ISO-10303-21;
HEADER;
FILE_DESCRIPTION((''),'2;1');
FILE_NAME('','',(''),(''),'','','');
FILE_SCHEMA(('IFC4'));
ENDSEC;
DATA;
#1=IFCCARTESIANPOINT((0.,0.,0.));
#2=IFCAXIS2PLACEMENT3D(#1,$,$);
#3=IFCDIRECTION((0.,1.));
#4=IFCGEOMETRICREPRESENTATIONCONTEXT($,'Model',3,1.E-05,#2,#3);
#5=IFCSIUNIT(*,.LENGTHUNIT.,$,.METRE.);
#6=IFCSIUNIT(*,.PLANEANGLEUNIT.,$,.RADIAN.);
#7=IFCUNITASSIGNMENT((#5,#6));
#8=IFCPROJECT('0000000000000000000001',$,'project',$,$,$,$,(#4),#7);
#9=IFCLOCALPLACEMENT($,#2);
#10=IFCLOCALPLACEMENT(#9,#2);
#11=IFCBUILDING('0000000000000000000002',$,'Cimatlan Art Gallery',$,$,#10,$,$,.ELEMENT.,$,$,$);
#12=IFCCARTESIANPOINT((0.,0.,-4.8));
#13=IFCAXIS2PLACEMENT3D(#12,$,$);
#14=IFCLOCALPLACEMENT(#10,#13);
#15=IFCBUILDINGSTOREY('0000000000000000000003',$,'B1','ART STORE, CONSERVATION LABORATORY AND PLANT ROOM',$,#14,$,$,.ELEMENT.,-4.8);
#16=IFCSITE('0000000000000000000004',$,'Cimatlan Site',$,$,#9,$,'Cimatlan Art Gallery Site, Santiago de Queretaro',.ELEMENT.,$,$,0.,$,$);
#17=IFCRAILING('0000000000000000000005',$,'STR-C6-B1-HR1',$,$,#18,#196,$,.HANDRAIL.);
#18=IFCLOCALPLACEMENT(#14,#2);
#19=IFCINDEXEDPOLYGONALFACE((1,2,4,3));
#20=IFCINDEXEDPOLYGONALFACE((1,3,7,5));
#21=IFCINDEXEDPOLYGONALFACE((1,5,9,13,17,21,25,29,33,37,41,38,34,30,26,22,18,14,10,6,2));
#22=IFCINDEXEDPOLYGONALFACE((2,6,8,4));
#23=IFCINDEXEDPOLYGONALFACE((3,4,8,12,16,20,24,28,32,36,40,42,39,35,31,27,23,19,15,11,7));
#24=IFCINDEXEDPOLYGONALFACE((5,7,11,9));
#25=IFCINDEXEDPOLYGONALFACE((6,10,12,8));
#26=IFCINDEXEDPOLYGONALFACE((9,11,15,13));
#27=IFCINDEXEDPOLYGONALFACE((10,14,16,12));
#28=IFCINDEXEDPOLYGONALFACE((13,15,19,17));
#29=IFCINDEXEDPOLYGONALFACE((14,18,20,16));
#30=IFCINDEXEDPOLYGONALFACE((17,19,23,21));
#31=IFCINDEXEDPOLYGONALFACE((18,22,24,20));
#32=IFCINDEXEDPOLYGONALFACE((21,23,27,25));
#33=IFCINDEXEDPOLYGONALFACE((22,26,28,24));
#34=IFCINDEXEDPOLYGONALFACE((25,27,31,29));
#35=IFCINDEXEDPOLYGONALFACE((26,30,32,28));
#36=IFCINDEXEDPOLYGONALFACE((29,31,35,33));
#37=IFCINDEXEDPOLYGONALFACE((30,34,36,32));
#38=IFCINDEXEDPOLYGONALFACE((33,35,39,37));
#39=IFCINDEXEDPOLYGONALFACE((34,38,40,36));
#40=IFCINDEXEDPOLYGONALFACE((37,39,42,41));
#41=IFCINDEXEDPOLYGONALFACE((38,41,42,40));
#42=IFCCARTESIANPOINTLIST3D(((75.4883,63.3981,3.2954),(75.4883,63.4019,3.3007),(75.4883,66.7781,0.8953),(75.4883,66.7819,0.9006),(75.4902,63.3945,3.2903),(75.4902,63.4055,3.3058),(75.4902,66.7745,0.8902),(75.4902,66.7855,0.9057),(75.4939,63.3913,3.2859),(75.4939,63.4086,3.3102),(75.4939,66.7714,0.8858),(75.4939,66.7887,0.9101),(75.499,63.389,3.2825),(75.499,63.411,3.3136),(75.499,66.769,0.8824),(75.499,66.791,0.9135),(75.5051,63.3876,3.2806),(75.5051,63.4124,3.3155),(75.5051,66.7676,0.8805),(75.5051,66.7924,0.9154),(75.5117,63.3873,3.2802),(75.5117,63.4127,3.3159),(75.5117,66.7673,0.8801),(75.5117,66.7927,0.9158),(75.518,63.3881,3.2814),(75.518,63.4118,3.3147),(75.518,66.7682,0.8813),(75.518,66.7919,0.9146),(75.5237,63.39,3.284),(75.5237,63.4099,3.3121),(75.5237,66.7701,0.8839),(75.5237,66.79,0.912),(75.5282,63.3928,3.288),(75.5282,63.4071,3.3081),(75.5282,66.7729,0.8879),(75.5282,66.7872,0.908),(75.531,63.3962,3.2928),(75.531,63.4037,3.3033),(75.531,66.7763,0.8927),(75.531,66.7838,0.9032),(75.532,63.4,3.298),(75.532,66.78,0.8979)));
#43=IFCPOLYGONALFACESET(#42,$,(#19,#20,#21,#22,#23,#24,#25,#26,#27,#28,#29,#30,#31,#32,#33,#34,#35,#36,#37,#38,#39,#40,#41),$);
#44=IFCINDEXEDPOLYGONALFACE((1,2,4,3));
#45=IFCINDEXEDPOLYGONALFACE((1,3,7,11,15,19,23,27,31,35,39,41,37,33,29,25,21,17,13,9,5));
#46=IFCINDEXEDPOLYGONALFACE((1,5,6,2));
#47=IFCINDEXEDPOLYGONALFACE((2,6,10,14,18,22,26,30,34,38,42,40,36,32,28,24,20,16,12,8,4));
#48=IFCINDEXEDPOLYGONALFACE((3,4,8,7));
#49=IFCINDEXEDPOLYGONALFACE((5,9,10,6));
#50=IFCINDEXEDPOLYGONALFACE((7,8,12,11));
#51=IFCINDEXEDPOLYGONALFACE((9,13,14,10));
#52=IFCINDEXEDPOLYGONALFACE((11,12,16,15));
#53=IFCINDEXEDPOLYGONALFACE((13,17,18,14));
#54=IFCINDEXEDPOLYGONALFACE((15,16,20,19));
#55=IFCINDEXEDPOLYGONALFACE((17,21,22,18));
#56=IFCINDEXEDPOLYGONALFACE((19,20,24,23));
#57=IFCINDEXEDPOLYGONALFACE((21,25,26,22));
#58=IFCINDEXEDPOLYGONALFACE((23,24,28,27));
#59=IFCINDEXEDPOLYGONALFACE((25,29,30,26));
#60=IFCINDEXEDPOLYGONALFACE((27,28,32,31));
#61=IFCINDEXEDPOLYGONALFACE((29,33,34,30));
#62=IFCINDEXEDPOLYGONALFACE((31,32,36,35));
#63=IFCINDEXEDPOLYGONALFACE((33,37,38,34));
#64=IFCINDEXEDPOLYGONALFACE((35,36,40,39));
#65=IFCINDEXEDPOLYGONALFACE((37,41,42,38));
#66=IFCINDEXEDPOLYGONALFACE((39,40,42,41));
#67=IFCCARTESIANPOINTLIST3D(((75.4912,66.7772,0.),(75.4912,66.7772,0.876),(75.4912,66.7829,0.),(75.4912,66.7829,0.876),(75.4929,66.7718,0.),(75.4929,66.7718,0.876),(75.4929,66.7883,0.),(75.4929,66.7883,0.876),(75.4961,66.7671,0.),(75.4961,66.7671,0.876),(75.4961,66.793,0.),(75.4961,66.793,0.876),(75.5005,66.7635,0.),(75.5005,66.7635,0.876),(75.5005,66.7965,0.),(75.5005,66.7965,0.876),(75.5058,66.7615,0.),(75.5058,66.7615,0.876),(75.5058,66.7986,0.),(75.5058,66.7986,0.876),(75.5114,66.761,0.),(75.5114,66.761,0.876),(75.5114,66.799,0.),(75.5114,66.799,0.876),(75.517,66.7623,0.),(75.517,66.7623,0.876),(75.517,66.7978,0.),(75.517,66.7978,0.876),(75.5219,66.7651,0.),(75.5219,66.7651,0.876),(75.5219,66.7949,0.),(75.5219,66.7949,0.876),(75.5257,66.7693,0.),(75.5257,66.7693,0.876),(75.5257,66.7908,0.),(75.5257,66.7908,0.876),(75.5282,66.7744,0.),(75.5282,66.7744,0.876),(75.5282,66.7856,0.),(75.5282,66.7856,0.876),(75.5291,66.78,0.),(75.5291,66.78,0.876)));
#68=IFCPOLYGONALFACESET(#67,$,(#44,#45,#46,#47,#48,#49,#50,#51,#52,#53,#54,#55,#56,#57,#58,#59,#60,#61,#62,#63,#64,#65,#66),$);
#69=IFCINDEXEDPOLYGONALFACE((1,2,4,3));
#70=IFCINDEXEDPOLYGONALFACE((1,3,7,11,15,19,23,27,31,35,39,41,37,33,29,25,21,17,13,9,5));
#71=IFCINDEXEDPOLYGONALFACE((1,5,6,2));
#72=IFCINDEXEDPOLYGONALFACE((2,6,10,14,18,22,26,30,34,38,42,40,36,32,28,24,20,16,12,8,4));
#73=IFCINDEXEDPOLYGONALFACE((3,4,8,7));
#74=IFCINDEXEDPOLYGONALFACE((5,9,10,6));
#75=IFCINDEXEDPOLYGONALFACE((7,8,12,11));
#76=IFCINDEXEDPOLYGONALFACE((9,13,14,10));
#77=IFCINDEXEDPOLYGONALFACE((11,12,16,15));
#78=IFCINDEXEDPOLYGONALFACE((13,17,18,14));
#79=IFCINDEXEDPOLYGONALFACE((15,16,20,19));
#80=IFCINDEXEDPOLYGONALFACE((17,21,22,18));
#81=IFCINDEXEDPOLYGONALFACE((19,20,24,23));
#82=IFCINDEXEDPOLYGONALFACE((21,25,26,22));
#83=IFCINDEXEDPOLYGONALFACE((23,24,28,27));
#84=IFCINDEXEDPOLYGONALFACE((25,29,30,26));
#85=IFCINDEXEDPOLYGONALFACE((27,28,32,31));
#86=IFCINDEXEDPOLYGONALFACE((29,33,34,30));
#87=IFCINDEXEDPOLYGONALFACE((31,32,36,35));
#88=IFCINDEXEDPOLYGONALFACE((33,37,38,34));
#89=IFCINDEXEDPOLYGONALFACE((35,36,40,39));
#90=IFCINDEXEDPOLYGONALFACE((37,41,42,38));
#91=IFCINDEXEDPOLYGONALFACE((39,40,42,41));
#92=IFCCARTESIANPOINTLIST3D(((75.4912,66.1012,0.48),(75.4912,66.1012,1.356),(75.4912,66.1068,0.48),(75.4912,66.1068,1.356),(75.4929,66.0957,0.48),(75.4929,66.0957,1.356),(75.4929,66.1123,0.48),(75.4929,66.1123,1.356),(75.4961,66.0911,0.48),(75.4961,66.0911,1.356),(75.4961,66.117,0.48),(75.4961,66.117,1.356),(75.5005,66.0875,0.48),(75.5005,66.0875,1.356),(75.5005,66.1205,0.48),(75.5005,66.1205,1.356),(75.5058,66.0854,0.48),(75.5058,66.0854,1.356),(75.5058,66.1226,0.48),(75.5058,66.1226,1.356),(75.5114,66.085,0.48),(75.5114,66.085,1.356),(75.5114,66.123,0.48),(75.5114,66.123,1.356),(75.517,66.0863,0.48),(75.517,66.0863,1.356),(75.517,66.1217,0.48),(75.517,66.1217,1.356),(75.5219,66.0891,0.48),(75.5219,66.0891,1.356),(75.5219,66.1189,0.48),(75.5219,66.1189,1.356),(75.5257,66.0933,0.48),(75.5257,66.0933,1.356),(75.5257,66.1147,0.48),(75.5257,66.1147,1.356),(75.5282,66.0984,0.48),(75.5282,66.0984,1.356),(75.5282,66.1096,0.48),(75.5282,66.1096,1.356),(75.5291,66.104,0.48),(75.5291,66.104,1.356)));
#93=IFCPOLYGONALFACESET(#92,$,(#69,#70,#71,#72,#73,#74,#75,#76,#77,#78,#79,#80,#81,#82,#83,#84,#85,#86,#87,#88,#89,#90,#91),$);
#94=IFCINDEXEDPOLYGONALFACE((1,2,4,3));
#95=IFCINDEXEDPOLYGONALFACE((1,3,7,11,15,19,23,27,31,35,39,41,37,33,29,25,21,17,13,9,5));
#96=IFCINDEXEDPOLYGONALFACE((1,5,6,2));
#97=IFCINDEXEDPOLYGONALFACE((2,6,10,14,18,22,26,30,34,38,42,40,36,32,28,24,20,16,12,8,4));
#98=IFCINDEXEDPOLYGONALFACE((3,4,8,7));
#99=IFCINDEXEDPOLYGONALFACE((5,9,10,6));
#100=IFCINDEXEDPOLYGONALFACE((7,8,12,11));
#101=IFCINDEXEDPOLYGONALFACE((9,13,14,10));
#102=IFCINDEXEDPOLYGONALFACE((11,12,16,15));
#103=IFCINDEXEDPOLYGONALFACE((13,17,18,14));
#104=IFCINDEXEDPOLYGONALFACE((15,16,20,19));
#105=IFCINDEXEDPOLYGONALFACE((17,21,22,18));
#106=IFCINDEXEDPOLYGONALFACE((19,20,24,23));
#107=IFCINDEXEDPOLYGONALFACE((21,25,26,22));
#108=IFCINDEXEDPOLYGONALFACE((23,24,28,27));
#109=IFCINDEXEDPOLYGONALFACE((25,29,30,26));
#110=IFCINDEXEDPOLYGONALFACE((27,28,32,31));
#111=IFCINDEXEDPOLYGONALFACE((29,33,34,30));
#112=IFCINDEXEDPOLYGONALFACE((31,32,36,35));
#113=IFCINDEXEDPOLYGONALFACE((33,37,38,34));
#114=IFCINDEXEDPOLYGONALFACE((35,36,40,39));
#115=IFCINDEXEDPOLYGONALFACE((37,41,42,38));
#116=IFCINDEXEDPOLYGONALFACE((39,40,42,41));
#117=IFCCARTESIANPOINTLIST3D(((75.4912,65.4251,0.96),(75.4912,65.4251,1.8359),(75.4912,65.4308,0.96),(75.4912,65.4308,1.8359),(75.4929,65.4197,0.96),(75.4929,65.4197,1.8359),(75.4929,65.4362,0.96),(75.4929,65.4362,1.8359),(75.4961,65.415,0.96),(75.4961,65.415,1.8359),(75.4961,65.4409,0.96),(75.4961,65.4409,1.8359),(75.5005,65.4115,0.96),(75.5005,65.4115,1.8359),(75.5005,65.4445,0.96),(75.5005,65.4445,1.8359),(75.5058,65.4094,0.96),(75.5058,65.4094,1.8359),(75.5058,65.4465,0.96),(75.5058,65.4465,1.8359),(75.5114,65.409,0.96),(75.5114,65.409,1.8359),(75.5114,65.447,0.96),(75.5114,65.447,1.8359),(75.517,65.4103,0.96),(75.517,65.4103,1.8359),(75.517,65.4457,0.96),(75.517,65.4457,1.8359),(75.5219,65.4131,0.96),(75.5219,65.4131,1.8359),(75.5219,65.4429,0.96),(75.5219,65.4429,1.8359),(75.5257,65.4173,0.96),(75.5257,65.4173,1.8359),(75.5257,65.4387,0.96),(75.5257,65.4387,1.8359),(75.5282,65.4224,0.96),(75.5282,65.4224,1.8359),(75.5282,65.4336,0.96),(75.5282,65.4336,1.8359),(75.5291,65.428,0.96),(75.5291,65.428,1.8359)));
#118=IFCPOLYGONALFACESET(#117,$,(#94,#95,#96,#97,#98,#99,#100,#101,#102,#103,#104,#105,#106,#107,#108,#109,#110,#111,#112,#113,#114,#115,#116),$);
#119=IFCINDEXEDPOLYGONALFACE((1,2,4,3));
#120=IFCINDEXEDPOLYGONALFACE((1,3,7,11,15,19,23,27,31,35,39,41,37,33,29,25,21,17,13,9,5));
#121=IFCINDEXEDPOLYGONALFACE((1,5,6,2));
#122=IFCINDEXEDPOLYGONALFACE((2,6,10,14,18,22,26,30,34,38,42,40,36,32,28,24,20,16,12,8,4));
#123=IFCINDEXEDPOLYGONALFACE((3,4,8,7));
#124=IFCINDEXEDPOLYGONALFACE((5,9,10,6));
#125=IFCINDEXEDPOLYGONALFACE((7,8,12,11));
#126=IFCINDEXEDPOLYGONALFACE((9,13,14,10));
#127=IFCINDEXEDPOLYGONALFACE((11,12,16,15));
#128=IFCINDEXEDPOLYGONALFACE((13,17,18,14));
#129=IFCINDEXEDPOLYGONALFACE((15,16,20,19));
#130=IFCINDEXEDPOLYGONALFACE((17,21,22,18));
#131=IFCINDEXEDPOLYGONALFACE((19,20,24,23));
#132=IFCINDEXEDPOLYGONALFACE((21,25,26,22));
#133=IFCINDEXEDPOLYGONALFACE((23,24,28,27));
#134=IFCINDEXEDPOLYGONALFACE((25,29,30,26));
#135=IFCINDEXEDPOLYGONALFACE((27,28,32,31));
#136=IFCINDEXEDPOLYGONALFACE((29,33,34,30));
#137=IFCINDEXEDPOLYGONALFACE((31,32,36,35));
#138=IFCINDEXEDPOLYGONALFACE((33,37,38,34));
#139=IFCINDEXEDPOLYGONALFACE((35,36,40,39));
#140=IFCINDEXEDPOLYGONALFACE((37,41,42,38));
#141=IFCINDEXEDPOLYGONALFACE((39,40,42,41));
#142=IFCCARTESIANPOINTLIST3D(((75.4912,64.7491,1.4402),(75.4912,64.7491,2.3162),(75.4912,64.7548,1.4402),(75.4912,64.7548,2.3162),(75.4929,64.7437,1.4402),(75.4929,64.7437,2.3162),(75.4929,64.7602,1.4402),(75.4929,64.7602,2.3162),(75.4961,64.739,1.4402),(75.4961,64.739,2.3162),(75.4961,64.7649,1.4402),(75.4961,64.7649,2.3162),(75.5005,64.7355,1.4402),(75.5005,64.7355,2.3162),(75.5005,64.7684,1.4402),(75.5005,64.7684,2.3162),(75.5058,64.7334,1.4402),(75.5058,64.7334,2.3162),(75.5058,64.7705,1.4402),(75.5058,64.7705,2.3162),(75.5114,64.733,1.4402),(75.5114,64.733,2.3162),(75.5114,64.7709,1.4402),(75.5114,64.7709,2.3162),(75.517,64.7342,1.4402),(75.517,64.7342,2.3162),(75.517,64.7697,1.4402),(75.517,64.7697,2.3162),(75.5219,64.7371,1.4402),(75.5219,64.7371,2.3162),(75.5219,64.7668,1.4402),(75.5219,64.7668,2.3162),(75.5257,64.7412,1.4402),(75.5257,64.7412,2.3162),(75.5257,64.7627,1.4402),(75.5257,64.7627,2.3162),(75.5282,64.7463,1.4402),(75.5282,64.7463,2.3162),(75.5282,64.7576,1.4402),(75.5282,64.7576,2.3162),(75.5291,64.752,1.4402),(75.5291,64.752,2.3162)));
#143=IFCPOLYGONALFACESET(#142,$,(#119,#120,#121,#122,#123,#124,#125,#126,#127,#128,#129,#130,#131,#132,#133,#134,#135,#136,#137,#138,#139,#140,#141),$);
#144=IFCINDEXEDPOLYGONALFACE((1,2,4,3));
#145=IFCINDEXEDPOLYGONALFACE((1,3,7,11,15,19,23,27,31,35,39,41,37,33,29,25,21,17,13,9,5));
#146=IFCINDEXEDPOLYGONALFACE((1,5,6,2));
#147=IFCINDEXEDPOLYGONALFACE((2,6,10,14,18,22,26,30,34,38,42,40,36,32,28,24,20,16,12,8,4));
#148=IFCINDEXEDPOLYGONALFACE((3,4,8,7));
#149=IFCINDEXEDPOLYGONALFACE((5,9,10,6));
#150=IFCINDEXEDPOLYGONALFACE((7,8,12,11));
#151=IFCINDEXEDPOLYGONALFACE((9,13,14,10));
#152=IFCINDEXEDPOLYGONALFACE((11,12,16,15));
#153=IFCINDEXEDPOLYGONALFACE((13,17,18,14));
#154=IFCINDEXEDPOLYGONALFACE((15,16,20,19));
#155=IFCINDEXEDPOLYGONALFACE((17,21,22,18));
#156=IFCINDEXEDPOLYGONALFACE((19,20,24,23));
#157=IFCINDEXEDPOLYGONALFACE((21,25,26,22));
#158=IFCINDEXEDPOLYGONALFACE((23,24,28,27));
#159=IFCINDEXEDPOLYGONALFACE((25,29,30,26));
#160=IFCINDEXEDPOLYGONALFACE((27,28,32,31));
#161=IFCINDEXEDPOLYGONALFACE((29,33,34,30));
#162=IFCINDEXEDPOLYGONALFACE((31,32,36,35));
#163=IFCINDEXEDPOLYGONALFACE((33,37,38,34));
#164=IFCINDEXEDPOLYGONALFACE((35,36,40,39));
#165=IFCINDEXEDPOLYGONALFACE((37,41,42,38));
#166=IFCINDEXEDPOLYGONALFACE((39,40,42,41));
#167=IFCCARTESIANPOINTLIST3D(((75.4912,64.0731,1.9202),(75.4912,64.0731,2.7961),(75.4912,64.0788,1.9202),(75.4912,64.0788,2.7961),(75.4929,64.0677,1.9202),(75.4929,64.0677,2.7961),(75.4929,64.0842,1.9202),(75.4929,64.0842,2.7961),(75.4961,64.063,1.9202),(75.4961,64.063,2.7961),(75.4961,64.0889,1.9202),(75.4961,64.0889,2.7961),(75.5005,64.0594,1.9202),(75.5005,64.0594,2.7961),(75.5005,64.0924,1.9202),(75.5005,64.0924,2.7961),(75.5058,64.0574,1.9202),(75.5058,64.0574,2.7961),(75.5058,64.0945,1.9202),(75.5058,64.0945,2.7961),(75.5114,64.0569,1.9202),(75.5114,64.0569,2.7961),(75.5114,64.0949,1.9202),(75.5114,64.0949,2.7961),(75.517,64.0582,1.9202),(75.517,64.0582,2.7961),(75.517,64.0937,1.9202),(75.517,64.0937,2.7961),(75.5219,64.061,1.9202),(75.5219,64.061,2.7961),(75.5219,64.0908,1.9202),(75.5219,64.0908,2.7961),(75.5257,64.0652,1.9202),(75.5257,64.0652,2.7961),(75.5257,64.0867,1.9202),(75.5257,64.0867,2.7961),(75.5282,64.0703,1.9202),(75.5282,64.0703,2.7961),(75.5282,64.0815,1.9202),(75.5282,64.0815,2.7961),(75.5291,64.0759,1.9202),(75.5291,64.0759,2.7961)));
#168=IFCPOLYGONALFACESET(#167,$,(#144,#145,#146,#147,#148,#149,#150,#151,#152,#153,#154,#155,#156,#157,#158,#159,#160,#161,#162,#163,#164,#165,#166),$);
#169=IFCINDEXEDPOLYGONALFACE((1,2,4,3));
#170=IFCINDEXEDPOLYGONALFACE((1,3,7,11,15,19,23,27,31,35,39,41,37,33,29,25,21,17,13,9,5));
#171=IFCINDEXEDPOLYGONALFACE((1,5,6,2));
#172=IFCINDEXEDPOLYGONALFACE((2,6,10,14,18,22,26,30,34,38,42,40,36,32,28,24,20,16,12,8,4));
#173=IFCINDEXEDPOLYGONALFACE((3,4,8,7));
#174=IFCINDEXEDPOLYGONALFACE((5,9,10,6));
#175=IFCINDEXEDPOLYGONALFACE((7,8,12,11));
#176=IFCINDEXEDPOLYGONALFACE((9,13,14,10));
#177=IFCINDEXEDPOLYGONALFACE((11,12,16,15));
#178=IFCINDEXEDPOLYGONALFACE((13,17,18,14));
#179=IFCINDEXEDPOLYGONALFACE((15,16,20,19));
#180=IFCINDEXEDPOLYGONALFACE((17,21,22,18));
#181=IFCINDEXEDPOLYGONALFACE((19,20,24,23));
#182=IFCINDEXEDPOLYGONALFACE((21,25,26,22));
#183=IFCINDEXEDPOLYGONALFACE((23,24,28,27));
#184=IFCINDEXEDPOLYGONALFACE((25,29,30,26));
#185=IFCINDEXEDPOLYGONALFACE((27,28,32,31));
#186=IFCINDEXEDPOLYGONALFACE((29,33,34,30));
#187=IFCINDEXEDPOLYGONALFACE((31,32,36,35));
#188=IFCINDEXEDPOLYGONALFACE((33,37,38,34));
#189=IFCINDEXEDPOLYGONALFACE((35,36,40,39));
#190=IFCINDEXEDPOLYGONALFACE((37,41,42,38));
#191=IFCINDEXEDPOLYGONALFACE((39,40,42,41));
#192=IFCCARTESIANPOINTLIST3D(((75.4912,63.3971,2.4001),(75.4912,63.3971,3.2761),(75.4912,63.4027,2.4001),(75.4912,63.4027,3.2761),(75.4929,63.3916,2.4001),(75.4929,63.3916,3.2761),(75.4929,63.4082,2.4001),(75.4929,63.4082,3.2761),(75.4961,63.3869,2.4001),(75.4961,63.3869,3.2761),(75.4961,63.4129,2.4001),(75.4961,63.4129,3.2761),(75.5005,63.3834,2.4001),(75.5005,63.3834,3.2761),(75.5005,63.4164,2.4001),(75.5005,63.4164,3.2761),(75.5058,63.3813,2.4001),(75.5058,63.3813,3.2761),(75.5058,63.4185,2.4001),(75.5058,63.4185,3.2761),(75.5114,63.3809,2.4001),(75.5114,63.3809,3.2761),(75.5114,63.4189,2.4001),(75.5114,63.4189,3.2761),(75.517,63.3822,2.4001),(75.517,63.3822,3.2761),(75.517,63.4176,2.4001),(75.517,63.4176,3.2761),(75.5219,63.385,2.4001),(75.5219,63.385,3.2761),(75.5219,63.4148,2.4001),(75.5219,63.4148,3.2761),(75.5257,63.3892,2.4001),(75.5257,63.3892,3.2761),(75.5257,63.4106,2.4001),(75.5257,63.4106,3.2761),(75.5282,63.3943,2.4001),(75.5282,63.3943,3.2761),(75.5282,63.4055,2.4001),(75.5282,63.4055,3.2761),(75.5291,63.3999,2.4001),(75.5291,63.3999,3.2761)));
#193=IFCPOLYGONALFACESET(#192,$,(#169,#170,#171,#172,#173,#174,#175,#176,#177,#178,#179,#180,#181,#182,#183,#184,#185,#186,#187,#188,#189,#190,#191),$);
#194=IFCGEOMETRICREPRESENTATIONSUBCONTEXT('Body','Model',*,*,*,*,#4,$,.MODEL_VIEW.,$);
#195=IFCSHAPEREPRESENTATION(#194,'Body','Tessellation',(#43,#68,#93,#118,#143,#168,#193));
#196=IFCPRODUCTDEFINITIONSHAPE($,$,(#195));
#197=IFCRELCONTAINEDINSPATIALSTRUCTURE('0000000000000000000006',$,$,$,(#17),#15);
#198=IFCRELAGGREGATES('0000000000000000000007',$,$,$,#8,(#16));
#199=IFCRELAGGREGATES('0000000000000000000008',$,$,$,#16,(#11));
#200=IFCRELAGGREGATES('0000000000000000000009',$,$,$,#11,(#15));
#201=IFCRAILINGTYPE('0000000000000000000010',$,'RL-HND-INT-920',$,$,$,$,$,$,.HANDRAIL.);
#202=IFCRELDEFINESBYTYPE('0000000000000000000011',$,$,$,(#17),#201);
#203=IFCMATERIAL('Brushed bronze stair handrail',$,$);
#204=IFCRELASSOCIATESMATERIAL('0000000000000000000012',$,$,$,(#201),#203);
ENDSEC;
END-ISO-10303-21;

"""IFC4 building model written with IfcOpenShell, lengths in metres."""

from ifc_helpers import new_model, si_unit, direction, frame, origin, origin_2d, place, context, subcontext, project, spatial, circle, extrude, material, type_object, element, save


model = new_model("IFC4")

# Units and contexts
model_context = context("Model", 3, precision=1e-05, world=origin(), true_north=direction((0.0, 1.0)))
body_context = subcontext(model_context, "Body", "Model", "MODEL_VIEW")
ifc_project = project(units=[si_unit("LENGTHUNIT", "METRE"), si_unit("PLANEANGLEUNIT", "RADIAN")], contexts=[model_context])

# Site, building, storey
site_placement = place(None, origin())
site = spatial("IfcSite", under=ifc_project, at=site_placement, Name="Cimatlan Site", LongName="Cimatlan Art Gallery Site, Santiago de Queretaro", CompositionType="ELEMENT", RefElevation=0.0)
building_placement = place(site_placement, origin())
building = spatial("IfcBuilding", under=site, at=building_placement, Name="Cimatlan Art Gallery", CompositionType="ELEMENT")
storey_placement = place(building_placement, frame((0.0, 0.0, -4.8)))
storey = spatial("IfcBuildingStorey", under=building, at=storey_placement, Name="B1", Description="ART STORE, CONSERVATION LABORATORY AND PLANT ROOM", CompositionType="ELEMENT", Elevation=-4.8)

# Railing
ifc_material_1 = material(Name="Brushed bronze stair handrail")
railing_type_1 = type_object("IfcRailingType", Name="RL-HND-INT-920", PredefinedType="HANDRAIL", material=ifc_material_1)
railing_1_placement = place(storey_placement, frame((75.51, 66.78, 0.0)))
element("IfcRailing", 1, at=railing_1_placement, inside=storey, type_object=railing_type_1, Name="STR-C6-B1-HR1", PredefinedType="HANDRAIL", context=body_context, shape_type="SweptSolid", body=[
    extrude(circle(Radius=0.022, at=origin_2d()), frame((0.0, 0.0, 0.8979), z_axis=(0.0, -0.815354, 0.578963), x_axis=(1.0, 0.0, 0.0)), (0.0, 0.0, 1.0), 4.1455),
    extrude(circle(Radius=0.019, at=origin_2d()), origin(), (0.0, 0.0, 1.0), 0.876),
    extrude(circle(Radius=0.019, at=origin_2d()), frame((0.0, -0.676, 0.48)), (0.0, 0.0, 1.0), 0.876),
    extrude(circle(Radius=0.019, at=origin_2d()), frame((0.0, -1.3521, 0.96)), (0.0, 0.0, 1.0), 0.876),
    extrude(circle(Radius=0.019, at=origin_2d()), frame((0.0, -2.0281, 1.4402)), (0.0, 0.0, 1.0), 0.876),
    extrude(circle(Radius=0.019, at=origin_2d()), frame((0.0, -2.7041, 1.9202)), (0.0, 0.0, 1.0), 0.876),
    extrude(circle(Radius=0.019, at=origin_2d()), frame((0.0, -3.3801, 2.4001)), (0.0, 0.0, 1.0), 0.876),
])

save(model, "model.ifc")
